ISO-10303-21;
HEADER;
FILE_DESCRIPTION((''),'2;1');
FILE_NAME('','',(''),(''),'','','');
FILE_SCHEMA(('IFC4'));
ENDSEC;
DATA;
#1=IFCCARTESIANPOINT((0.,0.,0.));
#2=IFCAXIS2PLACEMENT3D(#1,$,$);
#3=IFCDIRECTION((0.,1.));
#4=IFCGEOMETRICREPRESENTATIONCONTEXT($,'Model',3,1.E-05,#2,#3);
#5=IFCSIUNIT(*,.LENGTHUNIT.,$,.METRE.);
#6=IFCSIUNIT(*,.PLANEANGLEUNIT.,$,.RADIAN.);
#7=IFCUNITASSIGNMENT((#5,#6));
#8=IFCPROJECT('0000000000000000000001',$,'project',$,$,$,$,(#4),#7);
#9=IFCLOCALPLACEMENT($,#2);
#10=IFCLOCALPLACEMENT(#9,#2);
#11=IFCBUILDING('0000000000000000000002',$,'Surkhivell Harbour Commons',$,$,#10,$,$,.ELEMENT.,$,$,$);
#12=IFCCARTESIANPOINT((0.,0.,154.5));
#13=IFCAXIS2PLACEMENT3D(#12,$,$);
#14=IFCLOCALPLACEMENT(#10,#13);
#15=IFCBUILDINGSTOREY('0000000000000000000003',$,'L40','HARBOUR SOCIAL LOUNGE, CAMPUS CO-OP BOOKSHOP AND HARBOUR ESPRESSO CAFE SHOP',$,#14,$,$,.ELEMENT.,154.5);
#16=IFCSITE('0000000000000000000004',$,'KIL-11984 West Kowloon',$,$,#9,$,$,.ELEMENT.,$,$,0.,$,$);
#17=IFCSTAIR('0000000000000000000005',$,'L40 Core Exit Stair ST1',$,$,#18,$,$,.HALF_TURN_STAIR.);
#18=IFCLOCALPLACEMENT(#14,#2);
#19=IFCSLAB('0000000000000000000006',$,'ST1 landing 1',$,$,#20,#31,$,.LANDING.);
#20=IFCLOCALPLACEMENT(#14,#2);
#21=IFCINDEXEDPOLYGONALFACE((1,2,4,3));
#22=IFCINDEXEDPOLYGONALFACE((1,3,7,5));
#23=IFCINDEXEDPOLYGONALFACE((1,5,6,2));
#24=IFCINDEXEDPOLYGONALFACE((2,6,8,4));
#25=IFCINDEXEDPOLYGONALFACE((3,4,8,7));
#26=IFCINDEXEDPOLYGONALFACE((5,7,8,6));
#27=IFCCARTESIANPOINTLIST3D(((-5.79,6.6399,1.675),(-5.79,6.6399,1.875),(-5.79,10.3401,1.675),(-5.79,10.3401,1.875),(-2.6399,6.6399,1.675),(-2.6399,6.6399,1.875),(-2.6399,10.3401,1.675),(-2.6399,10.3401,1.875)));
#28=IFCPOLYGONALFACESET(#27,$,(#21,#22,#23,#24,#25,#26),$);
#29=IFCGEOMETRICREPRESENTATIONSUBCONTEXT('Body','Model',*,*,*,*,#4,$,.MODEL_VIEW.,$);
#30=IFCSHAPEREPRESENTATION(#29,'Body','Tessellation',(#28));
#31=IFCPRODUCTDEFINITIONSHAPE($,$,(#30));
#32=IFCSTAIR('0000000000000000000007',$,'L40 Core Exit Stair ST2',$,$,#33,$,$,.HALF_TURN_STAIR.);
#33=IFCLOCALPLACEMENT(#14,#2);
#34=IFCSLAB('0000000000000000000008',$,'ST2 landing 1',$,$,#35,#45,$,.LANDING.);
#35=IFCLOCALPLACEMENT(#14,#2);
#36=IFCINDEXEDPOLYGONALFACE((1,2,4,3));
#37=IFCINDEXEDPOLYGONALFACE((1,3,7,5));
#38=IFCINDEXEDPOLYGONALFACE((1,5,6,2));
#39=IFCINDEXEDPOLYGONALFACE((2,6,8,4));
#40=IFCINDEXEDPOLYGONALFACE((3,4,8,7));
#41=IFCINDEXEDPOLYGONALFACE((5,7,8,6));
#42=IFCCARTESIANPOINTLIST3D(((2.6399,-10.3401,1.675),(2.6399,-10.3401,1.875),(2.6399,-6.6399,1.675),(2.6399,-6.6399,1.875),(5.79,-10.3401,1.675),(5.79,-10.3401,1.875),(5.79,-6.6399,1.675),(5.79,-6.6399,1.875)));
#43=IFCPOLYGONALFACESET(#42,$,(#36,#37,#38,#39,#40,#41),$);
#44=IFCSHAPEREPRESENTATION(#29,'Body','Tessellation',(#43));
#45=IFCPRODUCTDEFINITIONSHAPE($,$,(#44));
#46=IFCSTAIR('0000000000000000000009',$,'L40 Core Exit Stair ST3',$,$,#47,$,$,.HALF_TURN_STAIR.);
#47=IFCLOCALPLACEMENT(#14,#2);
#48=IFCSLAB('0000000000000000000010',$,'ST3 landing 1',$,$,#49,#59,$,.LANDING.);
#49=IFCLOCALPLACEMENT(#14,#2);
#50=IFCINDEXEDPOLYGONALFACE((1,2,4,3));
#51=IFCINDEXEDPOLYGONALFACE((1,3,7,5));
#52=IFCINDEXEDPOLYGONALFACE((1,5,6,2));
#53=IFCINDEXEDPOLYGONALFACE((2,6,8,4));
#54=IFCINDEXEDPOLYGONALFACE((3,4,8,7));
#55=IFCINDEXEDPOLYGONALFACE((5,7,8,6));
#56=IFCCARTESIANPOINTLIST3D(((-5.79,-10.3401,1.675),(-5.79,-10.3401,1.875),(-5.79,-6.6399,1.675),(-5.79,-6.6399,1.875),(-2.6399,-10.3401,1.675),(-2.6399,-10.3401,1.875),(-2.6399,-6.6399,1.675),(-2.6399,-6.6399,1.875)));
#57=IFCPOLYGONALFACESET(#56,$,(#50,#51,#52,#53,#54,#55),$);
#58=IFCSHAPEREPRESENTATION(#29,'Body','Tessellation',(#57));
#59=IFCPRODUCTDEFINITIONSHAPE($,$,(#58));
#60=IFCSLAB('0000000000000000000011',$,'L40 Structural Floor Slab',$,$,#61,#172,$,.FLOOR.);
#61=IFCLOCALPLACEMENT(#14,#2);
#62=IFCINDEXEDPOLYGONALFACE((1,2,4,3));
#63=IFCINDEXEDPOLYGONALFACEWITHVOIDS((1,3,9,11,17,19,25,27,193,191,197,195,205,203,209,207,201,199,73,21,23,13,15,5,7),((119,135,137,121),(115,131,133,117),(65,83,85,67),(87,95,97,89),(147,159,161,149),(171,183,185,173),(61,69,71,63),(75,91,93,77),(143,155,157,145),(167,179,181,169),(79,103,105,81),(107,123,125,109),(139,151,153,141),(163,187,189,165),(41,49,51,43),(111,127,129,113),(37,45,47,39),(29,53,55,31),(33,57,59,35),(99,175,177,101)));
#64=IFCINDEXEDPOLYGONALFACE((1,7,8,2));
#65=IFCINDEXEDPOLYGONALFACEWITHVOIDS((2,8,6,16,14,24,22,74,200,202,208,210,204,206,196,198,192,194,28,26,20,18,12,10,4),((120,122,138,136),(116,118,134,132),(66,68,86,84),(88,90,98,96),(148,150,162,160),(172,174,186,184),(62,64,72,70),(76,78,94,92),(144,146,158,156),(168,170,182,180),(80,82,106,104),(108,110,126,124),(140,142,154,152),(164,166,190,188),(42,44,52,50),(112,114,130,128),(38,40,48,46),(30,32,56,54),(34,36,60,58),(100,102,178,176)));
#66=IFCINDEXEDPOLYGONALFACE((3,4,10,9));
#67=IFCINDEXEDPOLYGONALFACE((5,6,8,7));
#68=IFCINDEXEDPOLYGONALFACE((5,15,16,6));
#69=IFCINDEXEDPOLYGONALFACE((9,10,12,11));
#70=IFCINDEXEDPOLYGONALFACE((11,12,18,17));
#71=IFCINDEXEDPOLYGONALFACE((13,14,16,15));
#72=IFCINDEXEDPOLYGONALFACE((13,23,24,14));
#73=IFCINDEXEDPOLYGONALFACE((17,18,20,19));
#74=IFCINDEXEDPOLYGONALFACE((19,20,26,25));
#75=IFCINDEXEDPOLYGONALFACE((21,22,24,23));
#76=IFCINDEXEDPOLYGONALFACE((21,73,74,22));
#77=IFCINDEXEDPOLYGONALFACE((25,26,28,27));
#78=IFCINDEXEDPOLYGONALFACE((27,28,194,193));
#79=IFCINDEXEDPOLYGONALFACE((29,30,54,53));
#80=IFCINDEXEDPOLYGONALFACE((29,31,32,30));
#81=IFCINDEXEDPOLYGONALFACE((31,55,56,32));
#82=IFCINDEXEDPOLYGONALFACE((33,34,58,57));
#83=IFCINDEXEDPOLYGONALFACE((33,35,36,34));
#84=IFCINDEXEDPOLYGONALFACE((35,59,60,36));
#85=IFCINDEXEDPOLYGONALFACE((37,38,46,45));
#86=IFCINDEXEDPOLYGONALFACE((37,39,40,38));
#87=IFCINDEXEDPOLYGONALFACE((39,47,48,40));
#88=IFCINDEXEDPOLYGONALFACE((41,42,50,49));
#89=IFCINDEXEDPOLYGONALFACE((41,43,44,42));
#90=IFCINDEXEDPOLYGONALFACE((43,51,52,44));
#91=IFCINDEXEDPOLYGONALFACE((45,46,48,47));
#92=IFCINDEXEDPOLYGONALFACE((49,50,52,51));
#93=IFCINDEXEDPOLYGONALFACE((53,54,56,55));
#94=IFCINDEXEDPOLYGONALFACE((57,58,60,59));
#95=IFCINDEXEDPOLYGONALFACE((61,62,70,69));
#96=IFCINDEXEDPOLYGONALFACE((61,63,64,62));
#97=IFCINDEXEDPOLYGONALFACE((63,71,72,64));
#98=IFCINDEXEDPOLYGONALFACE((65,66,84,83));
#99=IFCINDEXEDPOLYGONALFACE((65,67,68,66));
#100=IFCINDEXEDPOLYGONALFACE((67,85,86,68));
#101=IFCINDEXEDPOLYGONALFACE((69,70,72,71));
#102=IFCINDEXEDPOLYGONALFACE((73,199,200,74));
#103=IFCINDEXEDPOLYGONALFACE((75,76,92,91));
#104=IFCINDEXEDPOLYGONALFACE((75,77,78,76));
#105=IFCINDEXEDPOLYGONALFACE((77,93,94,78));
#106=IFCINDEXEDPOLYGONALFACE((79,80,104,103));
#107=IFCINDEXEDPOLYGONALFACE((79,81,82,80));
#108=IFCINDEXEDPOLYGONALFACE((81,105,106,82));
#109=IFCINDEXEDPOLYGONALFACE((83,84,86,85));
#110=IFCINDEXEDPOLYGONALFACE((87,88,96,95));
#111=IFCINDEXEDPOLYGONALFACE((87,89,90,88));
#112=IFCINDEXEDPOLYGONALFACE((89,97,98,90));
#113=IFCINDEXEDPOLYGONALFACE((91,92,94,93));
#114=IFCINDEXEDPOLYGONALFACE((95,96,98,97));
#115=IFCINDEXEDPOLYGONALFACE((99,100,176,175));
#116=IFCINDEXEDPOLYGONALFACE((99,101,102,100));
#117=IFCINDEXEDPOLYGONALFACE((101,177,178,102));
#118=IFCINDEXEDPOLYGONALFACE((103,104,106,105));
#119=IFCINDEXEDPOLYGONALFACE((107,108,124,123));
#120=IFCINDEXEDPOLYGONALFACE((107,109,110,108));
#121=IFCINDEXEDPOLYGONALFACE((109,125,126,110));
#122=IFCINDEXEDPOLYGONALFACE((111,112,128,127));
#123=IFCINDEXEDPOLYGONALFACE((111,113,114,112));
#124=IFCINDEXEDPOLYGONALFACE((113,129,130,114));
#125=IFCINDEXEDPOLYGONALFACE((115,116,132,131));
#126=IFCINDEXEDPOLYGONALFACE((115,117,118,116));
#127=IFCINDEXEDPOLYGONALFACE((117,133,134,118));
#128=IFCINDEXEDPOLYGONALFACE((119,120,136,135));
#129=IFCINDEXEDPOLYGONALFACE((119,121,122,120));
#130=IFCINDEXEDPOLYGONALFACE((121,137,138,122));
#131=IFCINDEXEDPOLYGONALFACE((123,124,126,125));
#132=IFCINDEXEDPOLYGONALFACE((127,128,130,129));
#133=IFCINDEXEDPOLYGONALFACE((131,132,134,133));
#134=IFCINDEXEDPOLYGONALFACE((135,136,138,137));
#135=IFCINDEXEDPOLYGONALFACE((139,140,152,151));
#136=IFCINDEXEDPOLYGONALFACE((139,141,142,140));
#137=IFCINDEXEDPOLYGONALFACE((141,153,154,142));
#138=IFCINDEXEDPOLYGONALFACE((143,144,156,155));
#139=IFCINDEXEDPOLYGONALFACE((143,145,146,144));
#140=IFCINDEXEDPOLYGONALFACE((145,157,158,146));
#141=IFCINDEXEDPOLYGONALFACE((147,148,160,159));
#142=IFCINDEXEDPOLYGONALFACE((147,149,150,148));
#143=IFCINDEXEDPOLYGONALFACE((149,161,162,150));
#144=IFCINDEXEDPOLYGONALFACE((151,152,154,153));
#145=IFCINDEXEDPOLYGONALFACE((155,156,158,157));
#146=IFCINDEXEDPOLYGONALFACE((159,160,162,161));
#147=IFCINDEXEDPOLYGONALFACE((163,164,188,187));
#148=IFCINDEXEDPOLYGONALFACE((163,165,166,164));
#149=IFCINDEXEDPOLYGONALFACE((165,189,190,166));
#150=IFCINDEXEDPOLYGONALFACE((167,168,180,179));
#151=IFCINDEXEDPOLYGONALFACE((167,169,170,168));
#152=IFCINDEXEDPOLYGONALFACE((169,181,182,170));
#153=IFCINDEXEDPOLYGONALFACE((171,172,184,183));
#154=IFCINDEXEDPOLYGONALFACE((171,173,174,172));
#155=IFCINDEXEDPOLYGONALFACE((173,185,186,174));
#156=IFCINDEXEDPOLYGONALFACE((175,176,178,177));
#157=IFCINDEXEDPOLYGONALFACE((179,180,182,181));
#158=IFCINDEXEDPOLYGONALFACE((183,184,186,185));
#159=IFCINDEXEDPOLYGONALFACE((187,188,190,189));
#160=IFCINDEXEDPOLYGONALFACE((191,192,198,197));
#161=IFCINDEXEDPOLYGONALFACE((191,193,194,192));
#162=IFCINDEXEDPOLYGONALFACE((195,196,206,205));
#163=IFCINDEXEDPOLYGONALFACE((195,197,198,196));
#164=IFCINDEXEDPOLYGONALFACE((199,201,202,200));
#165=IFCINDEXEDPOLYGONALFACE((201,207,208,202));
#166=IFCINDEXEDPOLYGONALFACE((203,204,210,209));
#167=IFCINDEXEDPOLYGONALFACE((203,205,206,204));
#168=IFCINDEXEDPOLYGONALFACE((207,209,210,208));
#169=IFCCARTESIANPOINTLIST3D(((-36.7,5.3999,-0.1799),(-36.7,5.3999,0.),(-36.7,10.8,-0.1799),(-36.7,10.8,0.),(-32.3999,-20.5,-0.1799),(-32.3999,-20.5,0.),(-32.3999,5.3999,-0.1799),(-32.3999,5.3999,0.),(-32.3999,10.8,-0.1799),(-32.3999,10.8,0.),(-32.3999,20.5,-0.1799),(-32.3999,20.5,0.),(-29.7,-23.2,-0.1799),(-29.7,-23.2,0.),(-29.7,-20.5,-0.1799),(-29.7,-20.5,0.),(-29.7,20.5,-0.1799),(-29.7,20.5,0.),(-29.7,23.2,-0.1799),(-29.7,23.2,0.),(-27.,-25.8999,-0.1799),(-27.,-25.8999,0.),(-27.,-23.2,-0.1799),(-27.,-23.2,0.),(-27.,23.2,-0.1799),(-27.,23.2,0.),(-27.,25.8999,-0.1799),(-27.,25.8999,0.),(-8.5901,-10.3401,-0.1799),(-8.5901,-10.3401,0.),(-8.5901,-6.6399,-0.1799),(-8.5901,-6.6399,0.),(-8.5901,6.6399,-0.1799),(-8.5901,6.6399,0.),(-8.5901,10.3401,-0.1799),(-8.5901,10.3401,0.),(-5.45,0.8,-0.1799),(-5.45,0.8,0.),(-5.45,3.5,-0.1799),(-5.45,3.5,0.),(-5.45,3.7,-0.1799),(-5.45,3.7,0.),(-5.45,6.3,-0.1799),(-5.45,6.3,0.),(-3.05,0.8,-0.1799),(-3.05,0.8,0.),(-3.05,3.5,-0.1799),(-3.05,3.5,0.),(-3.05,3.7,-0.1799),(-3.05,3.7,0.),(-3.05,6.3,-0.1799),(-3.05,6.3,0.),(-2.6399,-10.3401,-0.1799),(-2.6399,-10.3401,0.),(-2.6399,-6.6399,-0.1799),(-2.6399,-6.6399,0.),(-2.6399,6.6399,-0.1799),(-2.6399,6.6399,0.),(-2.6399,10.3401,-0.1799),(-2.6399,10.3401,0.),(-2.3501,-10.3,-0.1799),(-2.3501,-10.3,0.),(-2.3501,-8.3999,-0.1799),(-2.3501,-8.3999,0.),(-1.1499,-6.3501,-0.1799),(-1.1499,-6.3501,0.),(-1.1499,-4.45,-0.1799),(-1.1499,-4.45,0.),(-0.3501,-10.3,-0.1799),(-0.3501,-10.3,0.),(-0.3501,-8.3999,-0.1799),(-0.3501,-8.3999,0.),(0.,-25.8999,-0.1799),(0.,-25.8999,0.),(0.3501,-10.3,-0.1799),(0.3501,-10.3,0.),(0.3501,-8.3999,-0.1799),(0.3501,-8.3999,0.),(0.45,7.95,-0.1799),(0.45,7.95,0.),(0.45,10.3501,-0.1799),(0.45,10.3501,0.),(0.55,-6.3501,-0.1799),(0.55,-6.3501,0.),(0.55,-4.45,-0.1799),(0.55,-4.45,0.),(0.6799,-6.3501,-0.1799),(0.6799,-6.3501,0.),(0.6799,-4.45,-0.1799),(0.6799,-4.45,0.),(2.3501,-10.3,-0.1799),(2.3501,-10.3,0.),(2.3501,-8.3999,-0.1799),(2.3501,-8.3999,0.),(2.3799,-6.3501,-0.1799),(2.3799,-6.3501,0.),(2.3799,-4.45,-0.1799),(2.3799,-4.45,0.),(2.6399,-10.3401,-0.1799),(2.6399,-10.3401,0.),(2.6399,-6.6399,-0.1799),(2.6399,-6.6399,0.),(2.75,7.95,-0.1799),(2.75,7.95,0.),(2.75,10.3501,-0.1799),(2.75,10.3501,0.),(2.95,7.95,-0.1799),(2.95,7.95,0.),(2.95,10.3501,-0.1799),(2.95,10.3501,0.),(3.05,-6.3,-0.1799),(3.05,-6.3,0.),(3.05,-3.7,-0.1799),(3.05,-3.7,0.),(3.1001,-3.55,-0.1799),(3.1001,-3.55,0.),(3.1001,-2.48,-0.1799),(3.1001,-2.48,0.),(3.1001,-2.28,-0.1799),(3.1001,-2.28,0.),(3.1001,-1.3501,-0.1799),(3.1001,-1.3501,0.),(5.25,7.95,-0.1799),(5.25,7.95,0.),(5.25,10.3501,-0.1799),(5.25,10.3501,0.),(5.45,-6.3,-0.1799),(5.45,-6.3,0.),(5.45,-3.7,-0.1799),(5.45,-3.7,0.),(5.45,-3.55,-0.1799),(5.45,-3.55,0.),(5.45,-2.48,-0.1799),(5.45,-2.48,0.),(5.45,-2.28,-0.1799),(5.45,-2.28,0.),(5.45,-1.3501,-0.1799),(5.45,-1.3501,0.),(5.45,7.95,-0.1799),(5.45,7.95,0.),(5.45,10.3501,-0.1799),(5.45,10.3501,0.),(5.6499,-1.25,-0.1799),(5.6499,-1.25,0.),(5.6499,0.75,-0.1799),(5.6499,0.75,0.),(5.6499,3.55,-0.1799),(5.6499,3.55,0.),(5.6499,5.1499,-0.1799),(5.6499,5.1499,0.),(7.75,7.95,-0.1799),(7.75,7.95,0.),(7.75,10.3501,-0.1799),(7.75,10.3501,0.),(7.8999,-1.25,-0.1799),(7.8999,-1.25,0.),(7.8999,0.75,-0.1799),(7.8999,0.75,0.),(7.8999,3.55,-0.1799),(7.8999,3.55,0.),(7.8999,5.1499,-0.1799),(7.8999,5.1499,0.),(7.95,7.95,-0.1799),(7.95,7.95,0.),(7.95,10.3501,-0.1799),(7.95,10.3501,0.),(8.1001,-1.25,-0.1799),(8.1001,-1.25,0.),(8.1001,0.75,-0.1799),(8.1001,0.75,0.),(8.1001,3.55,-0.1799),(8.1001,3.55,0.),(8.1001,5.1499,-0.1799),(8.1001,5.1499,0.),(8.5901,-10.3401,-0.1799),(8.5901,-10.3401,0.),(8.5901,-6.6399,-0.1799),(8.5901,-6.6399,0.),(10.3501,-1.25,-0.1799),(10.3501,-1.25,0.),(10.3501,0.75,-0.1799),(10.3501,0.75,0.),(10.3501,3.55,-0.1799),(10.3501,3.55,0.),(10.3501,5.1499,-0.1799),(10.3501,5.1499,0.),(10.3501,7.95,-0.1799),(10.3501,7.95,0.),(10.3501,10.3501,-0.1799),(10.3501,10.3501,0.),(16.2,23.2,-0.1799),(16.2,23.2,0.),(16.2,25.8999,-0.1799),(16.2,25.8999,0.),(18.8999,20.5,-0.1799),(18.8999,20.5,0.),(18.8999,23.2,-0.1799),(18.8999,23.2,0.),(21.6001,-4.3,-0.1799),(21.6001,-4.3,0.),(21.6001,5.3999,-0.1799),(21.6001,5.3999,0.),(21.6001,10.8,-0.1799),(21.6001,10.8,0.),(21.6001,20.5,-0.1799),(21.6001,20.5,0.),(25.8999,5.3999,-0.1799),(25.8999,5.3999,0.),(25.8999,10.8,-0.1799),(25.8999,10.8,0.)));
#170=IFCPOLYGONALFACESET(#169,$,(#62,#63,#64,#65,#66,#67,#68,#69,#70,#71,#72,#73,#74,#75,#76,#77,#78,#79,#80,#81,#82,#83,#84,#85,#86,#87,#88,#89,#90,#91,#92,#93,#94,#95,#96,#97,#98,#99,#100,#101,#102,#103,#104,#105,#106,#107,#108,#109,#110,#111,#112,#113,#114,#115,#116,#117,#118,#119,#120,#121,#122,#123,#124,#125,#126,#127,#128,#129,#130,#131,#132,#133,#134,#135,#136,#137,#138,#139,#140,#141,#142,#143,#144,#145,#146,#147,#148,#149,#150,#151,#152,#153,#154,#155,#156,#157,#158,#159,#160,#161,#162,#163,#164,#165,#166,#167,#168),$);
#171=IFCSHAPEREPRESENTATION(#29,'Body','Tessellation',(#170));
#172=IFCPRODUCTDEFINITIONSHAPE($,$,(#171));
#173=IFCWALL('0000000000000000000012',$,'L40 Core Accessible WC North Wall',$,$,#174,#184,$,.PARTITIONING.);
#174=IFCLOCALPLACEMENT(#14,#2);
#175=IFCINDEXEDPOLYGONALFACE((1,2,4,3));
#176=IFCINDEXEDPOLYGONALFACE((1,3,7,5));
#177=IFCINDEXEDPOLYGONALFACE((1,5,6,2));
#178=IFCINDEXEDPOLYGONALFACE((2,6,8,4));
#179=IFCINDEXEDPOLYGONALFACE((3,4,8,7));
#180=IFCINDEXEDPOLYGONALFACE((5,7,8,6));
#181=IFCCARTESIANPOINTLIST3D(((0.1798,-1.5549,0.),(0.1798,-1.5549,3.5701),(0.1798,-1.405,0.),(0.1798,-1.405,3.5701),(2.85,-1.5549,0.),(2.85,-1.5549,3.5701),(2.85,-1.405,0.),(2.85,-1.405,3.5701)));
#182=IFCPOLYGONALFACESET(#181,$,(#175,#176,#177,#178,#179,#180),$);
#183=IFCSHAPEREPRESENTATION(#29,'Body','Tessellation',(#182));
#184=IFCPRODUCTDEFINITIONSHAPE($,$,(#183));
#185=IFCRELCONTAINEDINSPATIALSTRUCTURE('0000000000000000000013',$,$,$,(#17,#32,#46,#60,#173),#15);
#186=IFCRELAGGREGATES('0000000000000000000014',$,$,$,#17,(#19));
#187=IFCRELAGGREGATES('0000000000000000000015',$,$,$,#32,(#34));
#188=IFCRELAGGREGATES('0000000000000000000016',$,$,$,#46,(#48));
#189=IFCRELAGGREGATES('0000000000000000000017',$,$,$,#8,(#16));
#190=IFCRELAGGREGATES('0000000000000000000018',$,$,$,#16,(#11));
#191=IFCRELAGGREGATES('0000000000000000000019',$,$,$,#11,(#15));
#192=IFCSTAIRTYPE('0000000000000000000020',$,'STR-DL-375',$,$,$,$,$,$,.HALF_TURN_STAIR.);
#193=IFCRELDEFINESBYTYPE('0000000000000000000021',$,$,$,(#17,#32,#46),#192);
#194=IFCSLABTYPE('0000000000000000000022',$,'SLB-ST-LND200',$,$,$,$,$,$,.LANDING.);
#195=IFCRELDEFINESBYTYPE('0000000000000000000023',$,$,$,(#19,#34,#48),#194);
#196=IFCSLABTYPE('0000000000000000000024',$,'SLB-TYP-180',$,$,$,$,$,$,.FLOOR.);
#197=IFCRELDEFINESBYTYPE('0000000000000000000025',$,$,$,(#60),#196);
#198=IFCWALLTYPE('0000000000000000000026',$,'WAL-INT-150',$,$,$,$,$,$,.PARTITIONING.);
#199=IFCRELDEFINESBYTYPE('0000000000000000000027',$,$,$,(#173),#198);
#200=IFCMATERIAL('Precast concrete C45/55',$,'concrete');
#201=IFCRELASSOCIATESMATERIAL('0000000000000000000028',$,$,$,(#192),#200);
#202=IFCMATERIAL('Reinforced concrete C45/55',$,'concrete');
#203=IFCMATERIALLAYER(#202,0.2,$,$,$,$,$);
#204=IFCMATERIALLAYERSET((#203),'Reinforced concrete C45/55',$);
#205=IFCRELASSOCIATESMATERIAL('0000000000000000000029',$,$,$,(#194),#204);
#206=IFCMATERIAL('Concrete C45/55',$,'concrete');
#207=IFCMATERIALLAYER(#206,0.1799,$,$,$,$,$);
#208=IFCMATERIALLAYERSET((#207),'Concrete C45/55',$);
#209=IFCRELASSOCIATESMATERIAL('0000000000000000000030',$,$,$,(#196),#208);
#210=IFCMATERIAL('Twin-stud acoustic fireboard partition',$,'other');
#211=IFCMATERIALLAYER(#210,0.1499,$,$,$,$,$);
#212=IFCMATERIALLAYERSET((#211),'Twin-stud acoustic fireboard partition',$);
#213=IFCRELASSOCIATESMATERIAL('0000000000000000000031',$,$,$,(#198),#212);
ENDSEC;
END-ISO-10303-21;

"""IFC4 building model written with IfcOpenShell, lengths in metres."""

from ifc_helpers import new_model, si_unit, direction, frame, frame_2d, origin, place, context, subcontext, project, spatial, polyline, rectangle, outline, extrude, material, layer, layer_set, type_object, element, aggregate, save


model = new_model("IFC4")

# Units and contexts
model_context = context("Model", 3, precision=1e-05, world=origin(), true_north=direction((0.0, 1.0)))
body_context = subcontext(model_context, "Body", "Model", "MODEL_VIEW")
ifc_project = project(units=[si_unit("LENGTHUNIT", "METRE"), si_unit("PLANEANGLEUNIT", "RADIAN")], contexts=[model_context])

# Site, building, storey
site_placement = place(None, origin())
site = spatial("IfcSite", under=ifc_project, at=site_placement, Name="KIL-11984 West Kowloon", CompositionType="ELEMENT", RefElevation=0.0)
building_placement = place(site_placement, origin())
building = spatial("IfcBuilding", under=site, at=building_placement, Name="Surkhivell Harbour Commons", CompositionType="ELEMENT")
storey_placement = place(building_placement, frame((0.0, 0.0, 154.5)))
storey = spatial("IfcBuildingStorey", under=building, at=storey_placement, Name="L40", Description="HARBOUR SOCIAL LOUNGE, CAMPUS CO-OP BOOKSHOP AND HARBOUR ESPRESSO CAFE SHOP", CompositionType="ELEMENT", Elevation=154.5)

# Stairs, slabs
ifc_material_1 = material(Name="Precast concrete C45/55", Category="concrete")
stair_type = type_object("IfcStairType", Name="STR-DL-375", PredefinedType="HALF_TURN_STAIR", material=ifc_material_1)
stair_1_placement = place(storey_placement, origin())
stair_1 = element("IfcStair", 1, at=stair_1_placement, inside=storey, type_object=stair_type, Name="L40 Core Exit Stair ST1", PredefinedType="HALF_TURN_STAIR")
ifc_material_2 = material(Name="Reinforced concrete C45/55", Category="concrete")
ifc_layer_1 = layer(ifc_material_2, 0.2)
ifc_layer_set_1 = layer_set([ifc_layer_1], Name="Reinforced concrete C45/55")
slab_type_1 = type_object("IfcSlabType", Name="SLB-ST-LND200", PredefinedType="LANDING", material=ifc_layer_set_1)
slab_1_placement = place(storey_placement, frame((0.0, 0.0, 1.675)))
slab_1 = element("IfcSlab", 2, at=slab_1_placement, type_object=slab_type_1, Name="ST1 landing 1", PredefinedType="LANDING", context=body_context, shape_type="SweptSolid", body=[
    extrude(outline(polyline([(-5.79, 6.6399), (-2.6399, 6.6399), (-2.6399, 10.3401), (-5.79, 10.3401), (-5.79, 6.6399)])), origin(), (0.0, 0.0, 1.0), 0.2),
])
aggregate(stair_1, [slab_1])
stair_2_placement = place(storey_placement, origin())
stair_2 = element("IfcStair", 3, at=stair_2_placement, inside=storey, type_object=stair_type, Name="L40 Core Exit Stair ST2", PredefinedType="HALF_TURN_STAIR")
slab_2_placement = place(storey_placement, frame((0.0, 0.0, 1.675)))
slab_2 = element("IfcSlab", 4, at=slab_2_placement, type_object=slab_type_1, Name="ST2 landing 1", PredefinedType="LANDING", context=body_context, shape_type="SweptSolid", body=[
    extrude(outline(polyline([(5.79, -6.6399), (2.6399, -6.6399), (2.6399, -10.3401), (5.79, -10.3401), (5.79, -6.6399)])), origin(), (0.0, 0.0, 1.0), 0.2),
])
aggregate(stair_2, [slab_2])
stair_3_placement = place(storey_placement, origin())
stair_3 = element("IfcStair", 5, at=stair_3_placement, inside=storey, type_object=stair_type, Name="L40 Core Exit Stair ST3", PredefinedType="HALF_TURN_STAIR")
slab_3_placement = place(storey_placement, frame((0.0, 0.0, 1.675)))
slab_3 = element("IfcSlab", 6, at=slab_3_placement, type_object=slab_type_1, Name="ST3 landing 1", PredefinedType="LANDING", context=body_context, shape_type="SweptSolid", body=[
    extrude(outline(polyline([(-5.79, -10.3401), (-2.6399, -10.3401), (-2.6399, -6.6399), (-5.79, -6.6399), (-5.79, -10.3401)])), origin(), (0.0, 0.0, 1.0), 0.2),
])
aggregate(stair_3, [slab_3])

# Slab
ifc_material_3 = material(Name="Concrete C45/55", Category="concrete")
ifc_layer_2 = layer(ifc_material_3, 0.1799)
ifc_layer_set_2 = layer_set([ifc_layer_2], Name="Concrete C45/55")
slab_type_2 = type_object("IfcSlabType", Name="SLB-TYP-180", PredefinedType="FLOOR", material=ifc_layer_set_2)
slab_4_placement = place(storey_placement, frame((0.0, 0.0, -0.1799)))
element("IfcSlab", 7, at=slab_4_placement, inside=storey, type_object=slab_type_2, Name="L40 Structural Floor Slab", PredefinedType="FLOOR", context=body_context, shape_type="SweptSolid", body=[
    extrude(outline(polyline([(-32.3999, 20.5), (-32.3999, 10.8), (-36.7, 10.8), (-36.7, 5.3999), (-32.3999, 5.3999), (-32.3999, -20.5), (-29.7, -20.5), (-29.7, -23.2), (-27.0, -23.2), (-27.0, -25.8999), (0.0, -25.8999), (21.6001, -4.3), (21.6001, 5.3999), (25.8999, 5.3999), (25.8999, 10.8), (21.6001, 10.8), (21.6001, 20.5), (18.8999, 20.5), (18.8999, 23.2), (16.2, 23.2), (16.2, 25.8999), (-27.0, 25.8999), (-27.0, 23.2), (-29.7, 23.2), (-29.7, 20.5), (-32.3999, 20.5)]), holes=[polyline([(-8.5901, 6.6399), (-2.6399, 6.6399), (-2.6399, 10.3401), (-8.5901, 10.3401), (-8.5901, 6.6399)]), polyline([(8.5901, -6.6399), (2.6399, -6.6399), (2.6399, -10.3401), (8.5901, -10.3401), (8.5901, -6.6399)]), polyline([(-8.5901, -10.3401), (-2.6399, -10.3401), (-2.6399, -6.6399), (-8.5901, -6.6399), (-8.5901, -10.3401)]), polyline([(0.45, 7.95), (2.75, 7.95), (2.75, 10.3501), (0.45, 10.3501), (0.45, 7.95)]), polyline([(2.95, 7.95), (5.25, 7.95), (5.25, 10.3501), (2.95, 10.3501), (2.95, 7.95)]), polyline([(5.45, 7.95), (7.75, 7.95), (7.75, 10.3501), (5.45, 10.3501), (5.45, 7.95)]), polyline([(7.95, 7.95), (10.3501, 7.95), (10.3501, 10.3501), (7.95, 10.3501), (7.95, 7.95)]), polyline([(5.6499, 3.55), (7.8999, 3.55), (7.8999, 5.1499), (5.6499, 5.1499), (5.6499, 3.55)]), polyline([(8.1001, 3.55), (10.3501, 3.55), (10.3501, 5.1499), (8.1001, 5.1499), (8.1001, 3.55)]), polyline([(5.6499, -1.25), (7.8999, -1.25), (7.8999, 0.75), (5.6499, 0.75), (5.6499, -1.25)]), polyline([(8.1001, -1.25), (10.3501, -1.25), (10.3501, 0.75), (8.1001, 0.75), (8.1001, -1.25)]), polyline([(-1.1499, -6.3501), (0.55, -6.3501), (0.55, -4.45), (-1.1499, -4.45), (-1.1499, -6.3501)]), polyline([(0.6799, -6.3501), (2.3799, -6.3501), (2.3799, -4.45), (0.6799, -4.45), (0.6799, -6.3501)]), polyline([(-2.3501, -10.3), (-0.3501, -10.3), (-0.3501, -8.3999), (-2.3501, -8.3999), (-2.3501, -10.3)]), polyline([(0.3501, -10.3), (2.3501, -10.3), (2.3501, -8.3999), (0.3501, -8.3999), (0.3501, -10.3)]), polyline([(-5.45, 3.7), (-3.05, 3.7), (-3.05, 6.3), (-5.45, 6.3), (-5.45, 3.7)]), polyline([(3.05, -6.3), (5.45, -6.3), (5.45, -3.7), (3.05, -3.7), (3.05, -6.3)]), polyline([(-5.45, 0.8), (-3.05, 0.8), (-3.05, 3.5), (-5.45, 3.5), (-5.45, 0.8)]), polyline([(3.1001, -3.55), (5.45, -3.55), (5.45, -2.48), (3.1001, -2.48), (3.1001, -3.55)]), polyline([(3.1001, -2.28), (5.45, -2.28), (5.45, -1.3501), (3.1001, -1.3501), (3.1001, -2.28)])]), origin(), (0.0, 0.0, 1.0), 0.1799),
])

# Wall
ifc_material_4 = material(Name="Twin-stud acoustic fireboard partition", Category="other")
ifc_layer_3 = layer(ifc_material_4, 0.1499)
ifc_layer_set_3 = layer_set([ifc_layer_3], Name="Twin-stud acoustic fireboard partition")
wall_type_1 = type_object("IfcWallType", Name="WAL-INT-150", PredefinedType="PARTITIONING", material=ifc_layer_set_3)
wall_1_placement = place(storey_placement, frame((0.1799, -1.48, 0.0), z_axis=(0.0, 0.0, 1.0), x_axis=(1.0, 0.0, 0.0)))
element("IfcWall", 8, at=wall_1_placement, inside=storey, type_object=wall_type_1, Name="L40 Core Accessible WC North Wall", PredefinedType="PARTITIONING", context=body_context, shape_type="SweptSolid", body=[
    extrude(rectangle(XDim=2.6702, YDim=0.1499, at=frame_2d((1.335, 0.0))), origin(), (0.0, 0.0, 1.0), 3.5701),
])

save(model, "model.ifc")
